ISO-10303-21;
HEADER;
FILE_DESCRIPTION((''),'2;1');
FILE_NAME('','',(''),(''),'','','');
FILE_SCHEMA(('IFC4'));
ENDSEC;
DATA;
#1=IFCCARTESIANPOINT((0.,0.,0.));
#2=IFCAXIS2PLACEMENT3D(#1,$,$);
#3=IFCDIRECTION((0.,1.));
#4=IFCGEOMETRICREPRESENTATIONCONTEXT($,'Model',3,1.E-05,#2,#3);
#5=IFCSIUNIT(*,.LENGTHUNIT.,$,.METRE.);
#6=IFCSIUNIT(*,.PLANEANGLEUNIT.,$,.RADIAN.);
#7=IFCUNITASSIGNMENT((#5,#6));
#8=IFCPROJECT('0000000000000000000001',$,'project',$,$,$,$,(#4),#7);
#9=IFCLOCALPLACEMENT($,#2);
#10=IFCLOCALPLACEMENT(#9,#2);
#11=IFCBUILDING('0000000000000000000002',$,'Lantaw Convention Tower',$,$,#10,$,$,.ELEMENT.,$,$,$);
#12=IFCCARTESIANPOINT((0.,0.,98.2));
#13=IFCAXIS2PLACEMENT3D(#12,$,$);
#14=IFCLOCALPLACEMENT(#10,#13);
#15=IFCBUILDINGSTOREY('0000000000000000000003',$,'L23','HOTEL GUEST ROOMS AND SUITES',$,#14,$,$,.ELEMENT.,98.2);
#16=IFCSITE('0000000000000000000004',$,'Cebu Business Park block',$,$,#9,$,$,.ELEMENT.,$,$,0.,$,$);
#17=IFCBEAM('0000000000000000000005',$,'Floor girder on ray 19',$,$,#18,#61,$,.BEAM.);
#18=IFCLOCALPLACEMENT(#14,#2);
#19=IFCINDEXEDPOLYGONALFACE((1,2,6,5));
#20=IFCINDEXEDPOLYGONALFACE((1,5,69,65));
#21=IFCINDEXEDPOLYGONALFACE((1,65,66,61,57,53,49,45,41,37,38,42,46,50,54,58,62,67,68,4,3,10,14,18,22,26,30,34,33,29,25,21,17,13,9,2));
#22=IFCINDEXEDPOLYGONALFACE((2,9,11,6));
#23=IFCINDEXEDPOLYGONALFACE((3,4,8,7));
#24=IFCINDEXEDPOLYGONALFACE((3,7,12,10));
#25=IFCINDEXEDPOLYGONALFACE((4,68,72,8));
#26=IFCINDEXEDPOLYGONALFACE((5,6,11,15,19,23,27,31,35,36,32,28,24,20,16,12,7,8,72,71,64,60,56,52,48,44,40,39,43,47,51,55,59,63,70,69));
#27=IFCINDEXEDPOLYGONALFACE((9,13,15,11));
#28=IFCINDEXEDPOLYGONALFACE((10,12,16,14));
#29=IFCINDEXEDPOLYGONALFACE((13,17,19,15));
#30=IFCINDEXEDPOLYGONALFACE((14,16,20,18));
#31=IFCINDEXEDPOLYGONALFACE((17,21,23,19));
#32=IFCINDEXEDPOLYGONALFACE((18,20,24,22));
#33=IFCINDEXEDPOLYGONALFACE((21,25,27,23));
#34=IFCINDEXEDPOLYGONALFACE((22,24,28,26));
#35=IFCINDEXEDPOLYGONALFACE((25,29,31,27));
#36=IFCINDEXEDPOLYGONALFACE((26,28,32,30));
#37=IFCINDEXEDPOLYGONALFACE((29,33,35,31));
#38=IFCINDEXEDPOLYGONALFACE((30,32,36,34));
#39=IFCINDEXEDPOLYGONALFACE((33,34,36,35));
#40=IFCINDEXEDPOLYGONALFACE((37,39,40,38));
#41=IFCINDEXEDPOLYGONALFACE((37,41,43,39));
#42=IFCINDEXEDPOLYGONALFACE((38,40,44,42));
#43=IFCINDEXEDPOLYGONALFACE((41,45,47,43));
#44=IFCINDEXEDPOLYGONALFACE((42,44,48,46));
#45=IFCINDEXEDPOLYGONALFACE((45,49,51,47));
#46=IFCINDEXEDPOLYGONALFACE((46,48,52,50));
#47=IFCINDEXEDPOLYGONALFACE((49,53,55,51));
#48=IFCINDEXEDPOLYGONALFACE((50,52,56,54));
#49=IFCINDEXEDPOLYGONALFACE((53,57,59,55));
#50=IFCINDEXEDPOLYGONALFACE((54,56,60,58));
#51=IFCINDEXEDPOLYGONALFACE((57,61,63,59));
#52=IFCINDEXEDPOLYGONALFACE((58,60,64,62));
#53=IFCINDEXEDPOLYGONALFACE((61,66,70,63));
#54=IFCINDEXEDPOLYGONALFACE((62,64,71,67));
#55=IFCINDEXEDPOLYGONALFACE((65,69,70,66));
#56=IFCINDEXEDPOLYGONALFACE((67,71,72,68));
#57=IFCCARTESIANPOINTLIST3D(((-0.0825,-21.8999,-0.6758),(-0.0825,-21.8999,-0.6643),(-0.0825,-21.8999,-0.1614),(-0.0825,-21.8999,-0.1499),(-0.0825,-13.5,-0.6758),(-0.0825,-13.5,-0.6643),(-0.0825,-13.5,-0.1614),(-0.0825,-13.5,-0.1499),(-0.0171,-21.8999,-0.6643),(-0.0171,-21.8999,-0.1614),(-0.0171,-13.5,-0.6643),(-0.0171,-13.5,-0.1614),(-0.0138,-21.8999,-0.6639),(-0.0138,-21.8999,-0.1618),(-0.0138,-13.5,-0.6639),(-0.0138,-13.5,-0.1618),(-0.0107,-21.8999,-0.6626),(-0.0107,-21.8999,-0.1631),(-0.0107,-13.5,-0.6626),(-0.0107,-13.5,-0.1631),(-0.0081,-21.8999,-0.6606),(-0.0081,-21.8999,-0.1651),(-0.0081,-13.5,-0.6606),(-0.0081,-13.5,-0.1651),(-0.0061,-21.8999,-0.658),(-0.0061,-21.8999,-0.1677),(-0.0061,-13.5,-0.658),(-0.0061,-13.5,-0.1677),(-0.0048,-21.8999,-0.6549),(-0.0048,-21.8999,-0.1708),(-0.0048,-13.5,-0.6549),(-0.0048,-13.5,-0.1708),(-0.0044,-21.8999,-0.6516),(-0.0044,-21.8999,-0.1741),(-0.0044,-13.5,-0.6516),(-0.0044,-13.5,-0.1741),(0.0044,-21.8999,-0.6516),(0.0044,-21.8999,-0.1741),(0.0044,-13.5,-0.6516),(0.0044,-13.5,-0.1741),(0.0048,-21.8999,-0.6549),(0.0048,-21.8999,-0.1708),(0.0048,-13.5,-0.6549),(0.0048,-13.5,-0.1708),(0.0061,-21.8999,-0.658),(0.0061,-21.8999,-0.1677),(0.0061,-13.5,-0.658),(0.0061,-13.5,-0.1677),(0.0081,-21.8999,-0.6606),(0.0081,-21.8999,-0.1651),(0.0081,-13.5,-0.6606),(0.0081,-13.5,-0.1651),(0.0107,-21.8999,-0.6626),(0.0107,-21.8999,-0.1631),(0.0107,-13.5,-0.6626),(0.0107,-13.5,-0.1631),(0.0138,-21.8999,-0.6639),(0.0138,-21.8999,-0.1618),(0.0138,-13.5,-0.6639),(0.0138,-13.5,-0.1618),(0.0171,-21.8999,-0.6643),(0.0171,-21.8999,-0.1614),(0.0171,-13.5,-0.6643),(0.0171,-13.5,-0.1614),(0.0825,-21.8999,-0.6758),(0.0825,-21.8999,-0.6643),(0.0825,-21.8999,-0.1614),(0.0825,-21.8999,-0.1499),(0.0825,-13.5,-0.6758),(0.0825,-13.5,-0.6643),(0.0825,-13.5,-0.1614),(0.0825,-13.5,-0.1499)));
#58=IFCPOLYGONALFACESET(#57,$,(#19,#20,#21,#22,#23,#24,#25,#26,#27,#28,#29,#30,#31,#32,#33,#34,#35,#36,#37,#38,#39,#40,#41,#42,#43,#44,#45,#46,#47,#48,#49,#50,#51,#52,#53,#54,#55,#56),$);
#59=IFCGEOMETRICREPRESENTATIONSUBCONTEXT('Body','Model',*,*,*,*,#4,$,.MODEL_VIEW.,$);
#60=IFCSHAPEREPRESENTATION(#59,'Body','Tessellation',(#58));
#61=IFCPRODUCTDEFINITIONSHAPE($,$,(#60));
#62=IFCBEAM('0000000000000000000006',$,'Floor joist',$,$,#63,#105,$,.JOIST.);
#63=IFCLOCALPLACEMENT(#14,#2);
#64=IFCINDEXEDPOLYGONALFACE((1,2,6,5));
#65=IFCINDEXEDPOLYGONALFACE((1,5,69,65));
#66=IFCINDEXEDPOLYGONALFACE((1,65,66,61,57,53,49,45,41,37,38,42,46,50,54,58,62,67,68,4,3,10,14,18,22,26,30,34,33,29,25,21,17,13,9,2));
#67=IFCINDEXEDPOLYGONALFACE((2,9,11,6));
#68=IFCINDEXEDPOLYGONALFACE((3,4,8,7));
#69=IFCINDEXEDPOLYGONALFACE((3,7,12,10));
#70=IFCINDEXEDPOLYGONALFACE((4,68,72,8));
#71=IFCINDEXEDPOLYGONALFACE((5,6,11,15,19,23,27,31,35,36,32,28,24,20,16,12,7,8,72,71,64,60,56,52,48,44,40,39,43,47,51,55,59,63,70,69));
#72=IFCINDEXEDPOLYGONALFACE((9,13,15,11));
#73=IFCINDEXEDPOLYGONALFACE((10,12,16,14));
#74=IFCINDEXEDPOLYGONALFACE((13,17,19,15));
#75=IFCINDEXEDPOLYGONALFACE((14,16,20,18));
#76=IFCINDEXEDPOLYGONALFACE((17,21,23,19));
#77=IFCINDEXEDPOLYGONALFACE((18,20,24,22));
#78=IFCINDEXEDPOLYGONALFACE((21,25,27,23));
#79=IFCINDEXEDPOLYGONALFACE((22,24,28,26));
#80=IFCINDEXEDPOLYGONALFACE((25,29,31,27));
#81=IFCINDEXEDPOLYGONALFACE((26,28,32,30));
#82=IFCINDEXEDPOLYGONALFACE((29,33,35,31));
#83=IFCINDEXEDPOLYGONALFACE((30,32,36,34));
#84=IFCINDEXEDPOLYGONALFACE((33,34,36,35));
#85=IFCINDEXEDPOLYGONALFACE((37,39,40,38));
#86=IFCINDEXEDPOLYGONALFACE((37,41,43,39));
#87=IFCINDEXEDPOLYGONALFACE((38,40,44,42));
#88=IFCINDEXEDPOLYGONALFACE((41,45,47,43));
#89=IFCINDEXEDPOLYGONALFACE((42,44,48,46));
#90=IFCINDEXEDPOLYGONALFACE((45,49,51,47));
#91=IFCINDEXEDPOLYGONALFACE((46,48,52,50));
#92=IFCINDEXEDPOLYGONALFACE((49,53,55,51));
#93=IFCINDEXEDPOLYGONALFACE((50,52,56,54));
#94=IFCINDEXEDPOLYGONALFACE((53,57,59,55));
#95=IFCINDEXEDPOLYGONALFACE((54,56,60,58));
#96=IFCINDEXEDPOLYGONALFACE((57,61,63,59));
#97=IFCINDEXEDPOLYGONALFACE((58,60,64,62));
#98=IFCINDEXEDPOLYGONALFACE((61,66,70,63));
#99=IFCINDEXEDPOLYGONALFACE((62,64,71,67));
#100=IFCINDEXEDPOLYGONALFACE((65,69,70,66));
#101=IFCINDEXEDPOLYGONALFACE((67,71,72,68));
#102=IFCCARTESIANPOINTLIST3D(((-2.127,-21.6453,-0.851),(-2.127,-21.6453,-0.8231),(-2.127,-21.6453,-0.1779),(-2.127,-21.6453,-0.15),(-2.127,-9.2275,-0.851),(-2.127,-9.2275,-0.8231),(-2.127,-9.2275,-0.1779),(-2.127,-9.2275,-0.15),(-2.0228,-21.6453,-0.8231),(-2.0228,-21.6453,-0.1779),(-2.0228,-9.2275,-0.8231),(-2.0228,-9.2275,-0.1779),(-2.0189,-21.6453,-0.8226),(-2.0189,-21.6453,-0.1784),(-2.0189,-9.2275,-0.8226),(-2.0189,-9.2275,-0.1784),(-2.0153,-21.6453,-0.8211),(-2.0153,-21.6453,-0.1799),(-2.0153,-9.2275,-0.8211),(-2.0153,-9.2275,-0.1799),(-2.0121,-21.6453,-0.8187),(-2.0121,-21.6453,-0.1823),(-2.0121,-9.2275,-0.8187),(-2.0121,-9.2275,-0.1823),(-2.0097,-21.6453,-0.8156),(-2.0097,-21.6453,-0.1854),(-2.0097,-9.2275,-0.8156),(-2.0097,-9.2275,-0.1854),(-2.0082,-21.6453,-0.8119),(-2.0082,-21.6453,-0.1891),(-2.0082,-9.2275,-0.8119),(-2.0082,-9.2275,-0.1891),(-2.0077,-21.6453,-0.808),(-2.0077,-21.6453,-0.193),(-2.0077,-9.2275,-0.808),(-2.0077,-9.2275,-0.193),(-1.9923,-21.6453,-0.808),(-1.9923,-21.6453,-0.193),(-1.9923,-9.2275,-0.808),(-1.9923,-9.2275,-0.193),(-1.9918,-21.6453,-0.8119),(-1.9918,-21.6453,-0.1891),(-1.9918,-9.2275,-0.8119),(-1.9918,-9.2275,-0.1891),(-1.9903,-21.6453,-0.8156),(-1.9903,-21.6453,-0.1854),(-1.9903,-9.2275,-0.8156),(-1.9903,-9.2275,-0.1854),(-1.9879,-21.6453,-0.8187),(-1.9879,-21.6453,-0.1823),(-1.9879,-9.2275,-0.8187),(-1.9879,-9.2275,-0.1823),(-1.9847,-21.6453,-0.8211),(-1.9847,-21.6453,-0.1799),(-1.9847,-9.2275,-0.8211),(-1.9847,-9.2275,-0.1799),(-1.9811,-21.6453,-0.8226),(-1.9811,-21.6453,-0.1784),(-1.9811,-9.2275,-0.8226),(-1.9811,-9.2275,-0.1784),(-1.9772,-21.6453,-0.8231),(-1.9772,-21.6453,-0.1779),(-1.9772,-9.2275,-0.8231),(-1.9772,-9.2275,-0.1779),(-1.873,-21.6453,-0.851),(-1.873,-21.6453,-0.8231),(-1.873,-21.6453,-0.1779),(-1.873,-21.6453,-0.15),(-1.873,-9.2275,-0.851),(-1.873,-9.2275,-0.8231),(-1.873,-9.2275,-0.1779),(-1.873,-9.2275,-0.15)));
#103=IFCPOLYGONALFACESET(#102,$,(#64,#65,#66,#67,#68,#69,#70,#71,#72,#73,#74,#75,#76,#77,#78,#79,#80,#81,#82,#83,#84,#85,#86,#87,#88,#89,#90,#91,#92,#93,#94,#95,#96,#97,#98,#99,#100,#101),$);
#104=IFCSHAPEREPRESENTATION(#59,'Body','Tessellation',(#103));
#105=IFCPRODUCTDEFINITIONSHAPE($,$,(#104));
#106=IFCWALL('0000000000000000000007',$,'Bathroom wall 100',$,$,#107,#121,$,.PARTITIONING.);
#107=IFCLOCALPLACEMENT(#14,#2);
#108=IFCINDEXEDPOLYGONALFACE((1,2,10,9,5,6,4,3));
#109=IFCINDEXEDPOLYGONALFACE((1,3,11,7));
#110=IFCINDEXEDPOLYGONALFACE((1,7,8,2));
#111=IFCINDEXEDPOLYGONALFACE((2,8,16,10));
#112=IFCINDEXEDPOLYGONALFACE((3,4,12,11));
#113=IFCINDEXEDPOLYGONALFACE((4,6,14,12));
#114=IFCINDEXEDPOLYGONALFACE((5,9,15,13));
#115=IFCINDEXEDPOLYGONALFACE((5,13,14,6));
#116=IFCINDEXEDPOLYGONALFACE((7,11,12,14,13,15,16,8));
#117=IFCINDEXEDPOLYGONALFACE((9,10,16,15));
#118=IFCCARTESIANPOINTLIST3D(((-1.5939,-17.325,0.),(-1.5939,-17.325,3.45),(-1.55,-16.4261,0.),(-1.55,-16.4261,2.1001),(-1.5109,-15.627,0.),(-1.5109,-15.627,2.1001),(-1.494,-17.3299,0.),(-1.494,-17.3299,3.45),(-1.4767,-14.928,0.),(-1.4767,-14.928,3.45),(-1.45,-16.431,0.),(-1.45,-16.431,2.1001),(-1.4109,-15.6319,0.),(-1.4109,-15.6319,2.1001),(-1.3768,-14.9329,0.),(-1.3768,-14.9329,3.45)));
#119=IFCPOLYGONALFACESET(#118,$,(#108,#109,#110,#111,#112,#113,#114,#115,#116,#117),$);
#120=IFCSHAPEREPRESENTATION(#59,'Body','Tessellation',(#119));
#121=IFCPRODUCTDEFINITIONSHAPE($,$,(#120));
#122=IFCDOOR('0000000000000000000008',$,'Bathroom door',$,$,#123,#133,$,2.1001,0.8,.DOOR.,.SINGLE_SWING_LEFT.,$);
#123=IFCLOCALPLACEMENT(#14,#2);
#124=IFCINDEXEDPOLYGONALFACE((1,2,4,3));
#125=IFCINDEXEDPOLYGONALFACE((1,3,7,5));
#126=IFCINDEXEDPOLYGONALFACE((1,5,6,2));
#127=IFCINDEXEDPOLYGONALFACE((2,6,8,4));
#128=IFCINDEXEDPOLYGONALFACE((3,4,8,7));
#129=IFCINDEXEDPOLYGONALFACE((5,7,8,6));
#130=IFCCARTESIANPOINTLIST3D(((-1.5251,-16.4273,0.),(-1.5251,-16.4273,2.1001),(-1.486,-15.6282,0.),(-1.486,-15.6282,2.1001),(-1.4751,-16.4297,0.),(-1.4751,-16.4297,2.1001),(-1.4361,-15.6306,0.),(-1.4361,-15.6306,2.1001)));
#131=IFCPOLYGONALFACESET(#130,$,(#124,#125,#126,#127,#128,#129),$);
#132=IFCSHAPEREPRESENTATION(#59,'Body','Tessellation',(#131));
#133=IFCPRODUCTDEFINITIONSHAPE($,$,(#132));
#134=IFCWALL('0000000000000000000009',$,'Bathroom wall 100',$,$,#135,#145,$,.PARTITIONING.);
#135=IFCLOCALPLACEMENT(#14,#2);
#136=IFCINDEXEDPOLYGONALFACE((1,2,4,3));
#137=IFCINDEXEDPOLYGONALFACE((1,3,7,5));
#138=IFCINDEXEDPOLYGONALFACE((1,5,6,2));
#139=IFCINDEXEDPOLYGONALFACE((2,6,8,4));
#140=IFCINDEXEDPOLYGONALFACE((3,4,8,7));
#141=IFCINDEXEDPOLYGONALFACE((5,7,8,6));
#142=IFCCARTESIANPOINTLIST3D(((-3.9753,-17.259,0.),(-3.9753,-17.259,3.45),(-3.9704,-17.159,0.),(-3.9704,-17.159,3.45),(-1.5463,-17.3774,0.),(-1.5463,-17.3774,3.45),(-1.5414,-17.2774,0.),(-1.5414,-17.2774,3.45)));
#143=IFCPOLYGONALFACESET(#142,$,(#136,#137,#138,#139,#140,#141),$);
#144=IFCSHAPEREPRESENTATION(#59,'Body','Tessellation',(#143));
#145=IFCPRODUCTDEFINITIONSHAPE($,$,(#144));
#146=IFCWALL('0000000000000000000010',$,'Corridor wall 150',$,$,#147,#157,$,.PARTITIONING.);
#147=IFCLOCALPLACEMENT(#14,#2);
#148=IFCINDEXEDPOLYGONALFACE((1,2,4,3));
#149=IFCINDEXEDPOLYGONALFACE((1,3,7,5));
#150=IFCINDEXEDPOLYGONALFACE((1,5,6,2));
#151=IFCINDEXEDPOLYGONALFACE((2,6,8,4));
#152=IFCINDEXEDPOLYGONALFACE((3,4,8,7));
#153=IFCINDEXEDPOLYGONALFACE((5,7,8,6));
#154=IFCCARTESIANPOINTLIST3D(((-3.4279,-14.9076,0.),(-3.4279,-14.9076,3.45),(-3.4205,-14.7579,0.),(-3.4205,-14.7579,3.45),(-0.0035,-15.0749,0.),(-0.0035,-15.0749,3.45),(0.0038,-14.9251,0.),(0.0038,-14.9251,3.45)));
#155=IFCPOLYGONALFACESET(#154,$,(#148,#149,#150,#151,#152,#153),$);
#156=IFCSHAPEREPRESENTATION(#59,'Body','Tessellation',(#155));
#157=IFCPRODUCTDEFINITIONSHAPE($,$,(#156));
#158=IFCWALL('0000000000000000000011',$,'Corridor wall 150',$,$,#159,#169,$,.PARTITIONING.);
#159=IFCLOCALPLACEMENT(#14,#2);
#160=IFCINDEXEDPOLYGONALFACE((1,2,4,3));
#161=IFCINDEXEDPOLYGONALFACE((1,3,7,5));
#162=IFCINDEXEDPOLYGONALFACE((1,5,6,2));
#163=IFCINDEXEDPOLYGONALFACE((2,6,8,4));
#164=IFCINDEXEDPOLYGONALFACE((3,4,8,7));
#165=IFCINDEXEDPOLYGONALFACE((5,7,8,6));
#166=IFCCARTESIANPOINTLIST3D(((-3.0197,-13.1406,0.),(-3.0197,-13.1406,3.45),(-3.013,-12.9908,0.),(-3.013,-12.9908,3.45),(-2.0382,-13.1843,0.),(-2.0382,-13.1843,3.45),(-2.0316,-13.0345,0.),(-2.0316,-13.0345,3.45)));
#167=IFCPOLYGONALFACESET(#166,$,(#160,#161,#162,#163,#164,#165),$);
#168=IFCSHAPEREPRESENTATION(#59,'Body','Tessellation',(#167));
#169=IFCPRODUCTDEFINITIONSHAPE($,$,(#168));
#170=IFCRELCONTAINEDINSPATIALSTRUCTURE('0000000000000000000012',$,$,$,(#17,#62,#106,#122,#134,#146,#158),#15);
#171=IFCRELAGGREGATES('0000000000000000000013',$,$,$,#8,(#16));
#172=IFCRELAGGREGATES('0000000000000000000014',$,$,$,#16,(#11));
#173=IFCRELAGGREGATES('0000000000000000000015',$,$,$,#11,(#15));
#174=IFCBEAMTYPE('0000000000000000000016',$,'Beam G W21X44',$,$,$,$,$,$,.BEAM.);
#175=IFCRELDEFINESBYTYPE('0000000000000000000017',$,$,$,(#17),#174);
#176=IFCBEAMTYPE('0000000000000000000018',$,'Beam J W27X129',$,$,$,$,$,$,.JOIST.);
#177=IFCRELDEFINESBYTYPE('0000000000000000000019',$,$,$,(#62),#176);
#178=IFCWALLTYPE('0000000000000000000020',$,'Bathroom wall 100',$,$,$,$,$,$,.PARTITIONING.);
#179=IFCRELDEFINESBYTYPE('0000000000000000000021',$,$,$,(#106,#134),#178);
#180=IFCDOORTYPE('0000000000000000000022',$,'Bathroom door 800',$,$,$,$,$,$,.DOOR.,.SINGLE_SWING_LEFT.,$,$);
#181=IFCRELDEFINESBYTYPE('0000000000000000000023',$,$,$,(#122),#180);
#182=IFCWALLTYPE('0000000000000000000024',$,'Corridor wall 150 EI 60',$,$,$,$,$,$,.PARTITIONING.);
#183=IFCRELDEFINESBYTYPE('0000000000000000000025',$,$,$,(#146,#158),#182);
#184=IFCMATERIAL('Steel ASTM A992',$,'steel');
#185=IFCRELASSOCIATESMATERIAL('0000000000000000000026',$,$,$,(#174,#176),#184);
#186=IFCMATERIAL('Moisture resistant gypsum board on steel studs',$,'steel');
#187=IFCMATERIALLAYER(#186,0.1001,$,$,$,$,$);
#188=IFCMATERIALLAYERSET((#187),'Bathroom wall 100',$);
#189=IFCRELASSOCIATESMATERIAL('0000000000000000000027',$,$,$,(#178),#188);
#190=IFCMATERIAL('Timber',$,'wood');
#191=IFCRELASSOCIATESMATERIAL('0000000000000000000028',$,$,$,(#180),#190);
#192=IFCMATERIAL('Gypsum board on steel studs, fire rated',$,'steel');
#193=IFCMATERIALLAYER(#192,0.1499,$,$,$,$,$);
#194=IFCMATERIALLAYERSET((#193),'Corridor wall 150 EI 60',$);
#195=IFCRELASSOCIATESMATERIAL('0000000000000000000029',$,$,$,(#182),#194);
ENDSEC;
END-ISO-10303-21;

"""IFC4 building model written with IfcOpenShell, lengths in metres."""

from ifc_helpers import new_model, si_unit, direction, frame, frame_2d, origin, origin_2d, place, context, subcontext, project, spatial, rectangle, i_section, extrude, material, layer, layer_set, material_profile, profile_set, type_object, element, fill, save


model = new_model("IFC4")

# Units and contexts
model_context = context("Model", 3, precision=1e-05, world=origin(), true_north=direction((0.0, 1.0)))
body_context = subcontext(model_context, "Body", "Model", "MODEL_VIEW")
ifc_project = project(units=[si_unit("LENGTHUNIT", "METRE"), si_unit("PLANEANGLEUNIT", "RADIAN")], contexts=[model_context])

# Site, building, storey
site_placement = place(None, origin())
site = spatial("IfcSite", under=ifc_project, at=site_placement, Name="Cebu Business Park block", CompositionType="ELEMENT", RefElevation=0.0)
building_placement = place(site_placement, origin())
building = spatial("IfcBuilding", under=site, at=building_placement, Name="Lantaw Convention Tower", CompositionType="ELEMENT")
storey_placement = place(building_placement, frame((0.0, 0.0, 98.2)))
storey = spatial("IfcBuildingStorey", under=building, at=storey_placement, Name="L23", Description="HOTEL GUEST ROOMS AND SUITES", CompositionType="ELEMENT", Elevation=98.2)

# Beams
ifc_material_1 = material(Name="Steel ASTM A992", Category="steel")
ifc_material_profile_1 = material_profile(ifc_material_1, i_section(OverallWidth=0.165, OverallDepth=0.5259, WebThickness=0.0088, FlangeThickness=0.0115, FilletRadius=0.0127, at=origin_2d()), Name="W21X44")
ifc_profile_set_1 = profile_set([ifc_material_profile_1], Name="Steel ASTM A992")
beam_type_1 = type_object("IfcBeamType", Name="Beam G W21X44", PredefinedType="BEAM", material=ifc_profile_set_1)
beam_1_placement = place(storey_placement, frame((0.0, -13.5, -0.4128), z_axis=(0.0, -1.0, 0.0), x_axis=(1.0, 0.0, 0.0)))
element("IfcBeam", 1, at=beam_1_placement, inside=storey, type_object=beam_type_1, Name="Floor girder on ray 19", PredefinedType="BEAM", context=body_context, shape_type="SweptSolid", body=[
    extrude(i_section(OverallWidth=0.165, OverallDepth=0.5259, WebThickness=0.0088, FlangeThickness=0.0115, FilletRadius=0.0127, at=origin_2d()), origin(), (0.0, 0.0, 1.0), 8.3999),
])
ifc_material_profile_2 = material_profile(ifc_material_1, i_section(OverallWidth=0.2539, OverallDepth=0.7009, WebThickness=0.0154, FlangeThickness=0.0278, FilletRadius=0.0151, at=origin_2d()), Name="W27X129")
ifc_profile_set_2 = profile_set([ifc_material_profile_2], Name="Steel ASTM A992")
beam_type_2 = type_object("IfcBeamType", Name="Beam J W27X129", PredefinedType="JOIST", material=ifc_profile_set_2)
beam_2_placement = place(storey_placement, frame((-2.0, -21.6453, -0.5005), z_axis=(0.0, 1.0, 0.0), x_axis=(-1.0, 0.0, 0.0)))
element("IfcBeam", 2, at=beam_2_placement, inside=storey, type_object=beam_type_2, Name="Floor joist", PredefinedType="JOIST", context=body_context, shape_type="SweptSolid", body=[
    extrude(i_section(OverallWidth=0.2539, OverallDepth=0.7009, WebThickness=0.0154, FlangeThickness=0.0278, FilletRadius=0.0151, at=origin_2d()), origin(), (0.0, 0.0, 1.0), 12.4177),
])

# Wall, opening, door
ifc_material_2 = material(Name="Moisture resistant gypsum board on steel studs", Category="steel")
ifc_layer_1 = layer(ifc_material_2, 0.1001)
ifc_layer_set_1 = layer_set([ifc_layer_1], Name="Bathroom wall 100")
wall_type_1 = type_object("IfcWallType", Name="Bathroom wall 100", PredefinedType="PARTITIONING", material=ifc_layer_set_1)
wall_1_placement = place(storey_placement, frame((-1.4268, -14.9304, 0.0), z_axis=(0.0, 0.0, 1.0), x_axis=(-0.048831, -0.998807, 0.0)))
wall_1 = element("IfcWall", 3, at=wall_1_placement, inside=storey, type_object=wall_type_1, Name="Bathroom wall 100", PredefinedType="PARTITIONING", context=body_context, shape_type="SweptSolid", body=[
    extrude(rectangle(XDim=2.3999, YDim=0.1001, at=frame_2d((1.2, 0.0))), origin(), (0.0, 0.0, 1.0), 3.45),
])
opening_1_placement = place(wall_1_placement, frame((0.7, 0.0, 0.0)))
opening_1 = element("IfcOpeningElement", 4, at=opening_1_placement, cuts=wall_1, PredefinedType="OPENING", context=body_context, shape_type="SweptSolid", body=[
    extrude(rectangle(XDim=0.8, YDim=2.1001, at=frame_2d((0.3999, 1.05))), frame((0.0, 0.0601, 0.0), z_axis=(0.0, -1.0, 0.0), x_axis=(1.0, 0.0, 0.0)), (0.0, 0.0, 1.0), 0.1201),
])
ifc_material_3 = material(Name="Timber", Category="wood")
door_type = type_object("IfcDoorType", Name="Bathroom door 800", OperationType="SINGLE_SWING_LEFT", PredefinedType="DOOR", material=ifc_material_3)
door_placement = place(opening_1_placement, origin())
door = element("IfcDoor", 5, at=door_placement, inside=storey, type_object=door_type, Name="Bathroom door", OperationType="SINGLE_SWING_LEFT", OverallHeight=2.1001, OverallWidth=0.8, PredefinedType="DOOR", context=body_context, shape_type="SweptSolid", body=[
    extrude(rectangle(XDim=0.8, YDim=2.1001, at=frame_2d((0.3999, 1.05))), frame((0.0, 0.0249, 0.0), z_axis=(0.0, -1.0, 0.0), x_axis=(1.0, 0.0, 0.0)), (0.0, 0.0, 1.0), 0.05),
])
fill(opening_1, door)

# Walls
wall_2_placement = place(storey_placement, frame((-1.5439, -17.3274, 0.0), z_axis=(0.0, 0.0, 1.0), x_axis=(-0.998814, 0.048691, 0.0)))
element("IfcWall", 6, at=wall_2_placement, inside=storey, type_object=wall_type_1, Name="Bathroom wall 100", PredefinedType="PARTITIONING", context=body_context, shape_type="SweptSolid", body=[
    extrude(rectangle(XDim=2.4319, YDim=0.1001, at=frame_2d((1.2158, 0.0))), origin(), (0.0, 0.0, 1.0), 3.45),
])
ifc_material_4 = material(Name="Gypsum board on steel studs, fire rated", Category="steel")
ifc_layer_2 = layer(ifc_material_4, 0.1499)
ifc_layer_set_2 = layer_set([ifc_layer_2], Name="Corridor wall 150 EI 60")
wall_type_2 = type_object("IfcWallType", Name="Corridor wall 150 EI 60", PredefinedType="PARTITIONING", material=ifc_layer_set_2)
wall_3_placement = place(storey_placement, frame((-3.4243, -14.8328, 0.0), z_axis=(0.0, 0.0, 1.0), x_axis=(0.99881, -0.04878, 0.0)))
element("IfcWall", 7, at=wall_3_placement, inside=storey, type_object=wall_type_2, Name="Corridor wall 150", PredefinedType="PARTITIONING", context=body_context, shape_type="SweptSolid", body=[
    extrude(rectangle(XDim=3.4285, YDim=0.1499, at=frame_2d((1.7144, 0.0))), origin(), (0.0, 0.0, 1.0), 3.45),
])
wall_4_placement = place(storey_placement, frame((-3.0164, -13.0657, 0.0), z_axis=(0.0, 0.0, 1.0), x_axis=(0.99901, -0.044483, 0.0)))
element("IfcWall", 8, at=wall_4_placement, inside=storey, type_object=wall_type_2, Name="Corridor wall 150", PredefinedType="PARTITIONING", context=body_context, shape_type="SweptSolid", body=[
    extrude(rectangle(XDim=0.9824, YDim=0.1499, at=frame_2d((0.4912, 0.0))), origin(), (0.0, 0.0, 1.0), 3.45),
])

save(model, "model.ifc")
